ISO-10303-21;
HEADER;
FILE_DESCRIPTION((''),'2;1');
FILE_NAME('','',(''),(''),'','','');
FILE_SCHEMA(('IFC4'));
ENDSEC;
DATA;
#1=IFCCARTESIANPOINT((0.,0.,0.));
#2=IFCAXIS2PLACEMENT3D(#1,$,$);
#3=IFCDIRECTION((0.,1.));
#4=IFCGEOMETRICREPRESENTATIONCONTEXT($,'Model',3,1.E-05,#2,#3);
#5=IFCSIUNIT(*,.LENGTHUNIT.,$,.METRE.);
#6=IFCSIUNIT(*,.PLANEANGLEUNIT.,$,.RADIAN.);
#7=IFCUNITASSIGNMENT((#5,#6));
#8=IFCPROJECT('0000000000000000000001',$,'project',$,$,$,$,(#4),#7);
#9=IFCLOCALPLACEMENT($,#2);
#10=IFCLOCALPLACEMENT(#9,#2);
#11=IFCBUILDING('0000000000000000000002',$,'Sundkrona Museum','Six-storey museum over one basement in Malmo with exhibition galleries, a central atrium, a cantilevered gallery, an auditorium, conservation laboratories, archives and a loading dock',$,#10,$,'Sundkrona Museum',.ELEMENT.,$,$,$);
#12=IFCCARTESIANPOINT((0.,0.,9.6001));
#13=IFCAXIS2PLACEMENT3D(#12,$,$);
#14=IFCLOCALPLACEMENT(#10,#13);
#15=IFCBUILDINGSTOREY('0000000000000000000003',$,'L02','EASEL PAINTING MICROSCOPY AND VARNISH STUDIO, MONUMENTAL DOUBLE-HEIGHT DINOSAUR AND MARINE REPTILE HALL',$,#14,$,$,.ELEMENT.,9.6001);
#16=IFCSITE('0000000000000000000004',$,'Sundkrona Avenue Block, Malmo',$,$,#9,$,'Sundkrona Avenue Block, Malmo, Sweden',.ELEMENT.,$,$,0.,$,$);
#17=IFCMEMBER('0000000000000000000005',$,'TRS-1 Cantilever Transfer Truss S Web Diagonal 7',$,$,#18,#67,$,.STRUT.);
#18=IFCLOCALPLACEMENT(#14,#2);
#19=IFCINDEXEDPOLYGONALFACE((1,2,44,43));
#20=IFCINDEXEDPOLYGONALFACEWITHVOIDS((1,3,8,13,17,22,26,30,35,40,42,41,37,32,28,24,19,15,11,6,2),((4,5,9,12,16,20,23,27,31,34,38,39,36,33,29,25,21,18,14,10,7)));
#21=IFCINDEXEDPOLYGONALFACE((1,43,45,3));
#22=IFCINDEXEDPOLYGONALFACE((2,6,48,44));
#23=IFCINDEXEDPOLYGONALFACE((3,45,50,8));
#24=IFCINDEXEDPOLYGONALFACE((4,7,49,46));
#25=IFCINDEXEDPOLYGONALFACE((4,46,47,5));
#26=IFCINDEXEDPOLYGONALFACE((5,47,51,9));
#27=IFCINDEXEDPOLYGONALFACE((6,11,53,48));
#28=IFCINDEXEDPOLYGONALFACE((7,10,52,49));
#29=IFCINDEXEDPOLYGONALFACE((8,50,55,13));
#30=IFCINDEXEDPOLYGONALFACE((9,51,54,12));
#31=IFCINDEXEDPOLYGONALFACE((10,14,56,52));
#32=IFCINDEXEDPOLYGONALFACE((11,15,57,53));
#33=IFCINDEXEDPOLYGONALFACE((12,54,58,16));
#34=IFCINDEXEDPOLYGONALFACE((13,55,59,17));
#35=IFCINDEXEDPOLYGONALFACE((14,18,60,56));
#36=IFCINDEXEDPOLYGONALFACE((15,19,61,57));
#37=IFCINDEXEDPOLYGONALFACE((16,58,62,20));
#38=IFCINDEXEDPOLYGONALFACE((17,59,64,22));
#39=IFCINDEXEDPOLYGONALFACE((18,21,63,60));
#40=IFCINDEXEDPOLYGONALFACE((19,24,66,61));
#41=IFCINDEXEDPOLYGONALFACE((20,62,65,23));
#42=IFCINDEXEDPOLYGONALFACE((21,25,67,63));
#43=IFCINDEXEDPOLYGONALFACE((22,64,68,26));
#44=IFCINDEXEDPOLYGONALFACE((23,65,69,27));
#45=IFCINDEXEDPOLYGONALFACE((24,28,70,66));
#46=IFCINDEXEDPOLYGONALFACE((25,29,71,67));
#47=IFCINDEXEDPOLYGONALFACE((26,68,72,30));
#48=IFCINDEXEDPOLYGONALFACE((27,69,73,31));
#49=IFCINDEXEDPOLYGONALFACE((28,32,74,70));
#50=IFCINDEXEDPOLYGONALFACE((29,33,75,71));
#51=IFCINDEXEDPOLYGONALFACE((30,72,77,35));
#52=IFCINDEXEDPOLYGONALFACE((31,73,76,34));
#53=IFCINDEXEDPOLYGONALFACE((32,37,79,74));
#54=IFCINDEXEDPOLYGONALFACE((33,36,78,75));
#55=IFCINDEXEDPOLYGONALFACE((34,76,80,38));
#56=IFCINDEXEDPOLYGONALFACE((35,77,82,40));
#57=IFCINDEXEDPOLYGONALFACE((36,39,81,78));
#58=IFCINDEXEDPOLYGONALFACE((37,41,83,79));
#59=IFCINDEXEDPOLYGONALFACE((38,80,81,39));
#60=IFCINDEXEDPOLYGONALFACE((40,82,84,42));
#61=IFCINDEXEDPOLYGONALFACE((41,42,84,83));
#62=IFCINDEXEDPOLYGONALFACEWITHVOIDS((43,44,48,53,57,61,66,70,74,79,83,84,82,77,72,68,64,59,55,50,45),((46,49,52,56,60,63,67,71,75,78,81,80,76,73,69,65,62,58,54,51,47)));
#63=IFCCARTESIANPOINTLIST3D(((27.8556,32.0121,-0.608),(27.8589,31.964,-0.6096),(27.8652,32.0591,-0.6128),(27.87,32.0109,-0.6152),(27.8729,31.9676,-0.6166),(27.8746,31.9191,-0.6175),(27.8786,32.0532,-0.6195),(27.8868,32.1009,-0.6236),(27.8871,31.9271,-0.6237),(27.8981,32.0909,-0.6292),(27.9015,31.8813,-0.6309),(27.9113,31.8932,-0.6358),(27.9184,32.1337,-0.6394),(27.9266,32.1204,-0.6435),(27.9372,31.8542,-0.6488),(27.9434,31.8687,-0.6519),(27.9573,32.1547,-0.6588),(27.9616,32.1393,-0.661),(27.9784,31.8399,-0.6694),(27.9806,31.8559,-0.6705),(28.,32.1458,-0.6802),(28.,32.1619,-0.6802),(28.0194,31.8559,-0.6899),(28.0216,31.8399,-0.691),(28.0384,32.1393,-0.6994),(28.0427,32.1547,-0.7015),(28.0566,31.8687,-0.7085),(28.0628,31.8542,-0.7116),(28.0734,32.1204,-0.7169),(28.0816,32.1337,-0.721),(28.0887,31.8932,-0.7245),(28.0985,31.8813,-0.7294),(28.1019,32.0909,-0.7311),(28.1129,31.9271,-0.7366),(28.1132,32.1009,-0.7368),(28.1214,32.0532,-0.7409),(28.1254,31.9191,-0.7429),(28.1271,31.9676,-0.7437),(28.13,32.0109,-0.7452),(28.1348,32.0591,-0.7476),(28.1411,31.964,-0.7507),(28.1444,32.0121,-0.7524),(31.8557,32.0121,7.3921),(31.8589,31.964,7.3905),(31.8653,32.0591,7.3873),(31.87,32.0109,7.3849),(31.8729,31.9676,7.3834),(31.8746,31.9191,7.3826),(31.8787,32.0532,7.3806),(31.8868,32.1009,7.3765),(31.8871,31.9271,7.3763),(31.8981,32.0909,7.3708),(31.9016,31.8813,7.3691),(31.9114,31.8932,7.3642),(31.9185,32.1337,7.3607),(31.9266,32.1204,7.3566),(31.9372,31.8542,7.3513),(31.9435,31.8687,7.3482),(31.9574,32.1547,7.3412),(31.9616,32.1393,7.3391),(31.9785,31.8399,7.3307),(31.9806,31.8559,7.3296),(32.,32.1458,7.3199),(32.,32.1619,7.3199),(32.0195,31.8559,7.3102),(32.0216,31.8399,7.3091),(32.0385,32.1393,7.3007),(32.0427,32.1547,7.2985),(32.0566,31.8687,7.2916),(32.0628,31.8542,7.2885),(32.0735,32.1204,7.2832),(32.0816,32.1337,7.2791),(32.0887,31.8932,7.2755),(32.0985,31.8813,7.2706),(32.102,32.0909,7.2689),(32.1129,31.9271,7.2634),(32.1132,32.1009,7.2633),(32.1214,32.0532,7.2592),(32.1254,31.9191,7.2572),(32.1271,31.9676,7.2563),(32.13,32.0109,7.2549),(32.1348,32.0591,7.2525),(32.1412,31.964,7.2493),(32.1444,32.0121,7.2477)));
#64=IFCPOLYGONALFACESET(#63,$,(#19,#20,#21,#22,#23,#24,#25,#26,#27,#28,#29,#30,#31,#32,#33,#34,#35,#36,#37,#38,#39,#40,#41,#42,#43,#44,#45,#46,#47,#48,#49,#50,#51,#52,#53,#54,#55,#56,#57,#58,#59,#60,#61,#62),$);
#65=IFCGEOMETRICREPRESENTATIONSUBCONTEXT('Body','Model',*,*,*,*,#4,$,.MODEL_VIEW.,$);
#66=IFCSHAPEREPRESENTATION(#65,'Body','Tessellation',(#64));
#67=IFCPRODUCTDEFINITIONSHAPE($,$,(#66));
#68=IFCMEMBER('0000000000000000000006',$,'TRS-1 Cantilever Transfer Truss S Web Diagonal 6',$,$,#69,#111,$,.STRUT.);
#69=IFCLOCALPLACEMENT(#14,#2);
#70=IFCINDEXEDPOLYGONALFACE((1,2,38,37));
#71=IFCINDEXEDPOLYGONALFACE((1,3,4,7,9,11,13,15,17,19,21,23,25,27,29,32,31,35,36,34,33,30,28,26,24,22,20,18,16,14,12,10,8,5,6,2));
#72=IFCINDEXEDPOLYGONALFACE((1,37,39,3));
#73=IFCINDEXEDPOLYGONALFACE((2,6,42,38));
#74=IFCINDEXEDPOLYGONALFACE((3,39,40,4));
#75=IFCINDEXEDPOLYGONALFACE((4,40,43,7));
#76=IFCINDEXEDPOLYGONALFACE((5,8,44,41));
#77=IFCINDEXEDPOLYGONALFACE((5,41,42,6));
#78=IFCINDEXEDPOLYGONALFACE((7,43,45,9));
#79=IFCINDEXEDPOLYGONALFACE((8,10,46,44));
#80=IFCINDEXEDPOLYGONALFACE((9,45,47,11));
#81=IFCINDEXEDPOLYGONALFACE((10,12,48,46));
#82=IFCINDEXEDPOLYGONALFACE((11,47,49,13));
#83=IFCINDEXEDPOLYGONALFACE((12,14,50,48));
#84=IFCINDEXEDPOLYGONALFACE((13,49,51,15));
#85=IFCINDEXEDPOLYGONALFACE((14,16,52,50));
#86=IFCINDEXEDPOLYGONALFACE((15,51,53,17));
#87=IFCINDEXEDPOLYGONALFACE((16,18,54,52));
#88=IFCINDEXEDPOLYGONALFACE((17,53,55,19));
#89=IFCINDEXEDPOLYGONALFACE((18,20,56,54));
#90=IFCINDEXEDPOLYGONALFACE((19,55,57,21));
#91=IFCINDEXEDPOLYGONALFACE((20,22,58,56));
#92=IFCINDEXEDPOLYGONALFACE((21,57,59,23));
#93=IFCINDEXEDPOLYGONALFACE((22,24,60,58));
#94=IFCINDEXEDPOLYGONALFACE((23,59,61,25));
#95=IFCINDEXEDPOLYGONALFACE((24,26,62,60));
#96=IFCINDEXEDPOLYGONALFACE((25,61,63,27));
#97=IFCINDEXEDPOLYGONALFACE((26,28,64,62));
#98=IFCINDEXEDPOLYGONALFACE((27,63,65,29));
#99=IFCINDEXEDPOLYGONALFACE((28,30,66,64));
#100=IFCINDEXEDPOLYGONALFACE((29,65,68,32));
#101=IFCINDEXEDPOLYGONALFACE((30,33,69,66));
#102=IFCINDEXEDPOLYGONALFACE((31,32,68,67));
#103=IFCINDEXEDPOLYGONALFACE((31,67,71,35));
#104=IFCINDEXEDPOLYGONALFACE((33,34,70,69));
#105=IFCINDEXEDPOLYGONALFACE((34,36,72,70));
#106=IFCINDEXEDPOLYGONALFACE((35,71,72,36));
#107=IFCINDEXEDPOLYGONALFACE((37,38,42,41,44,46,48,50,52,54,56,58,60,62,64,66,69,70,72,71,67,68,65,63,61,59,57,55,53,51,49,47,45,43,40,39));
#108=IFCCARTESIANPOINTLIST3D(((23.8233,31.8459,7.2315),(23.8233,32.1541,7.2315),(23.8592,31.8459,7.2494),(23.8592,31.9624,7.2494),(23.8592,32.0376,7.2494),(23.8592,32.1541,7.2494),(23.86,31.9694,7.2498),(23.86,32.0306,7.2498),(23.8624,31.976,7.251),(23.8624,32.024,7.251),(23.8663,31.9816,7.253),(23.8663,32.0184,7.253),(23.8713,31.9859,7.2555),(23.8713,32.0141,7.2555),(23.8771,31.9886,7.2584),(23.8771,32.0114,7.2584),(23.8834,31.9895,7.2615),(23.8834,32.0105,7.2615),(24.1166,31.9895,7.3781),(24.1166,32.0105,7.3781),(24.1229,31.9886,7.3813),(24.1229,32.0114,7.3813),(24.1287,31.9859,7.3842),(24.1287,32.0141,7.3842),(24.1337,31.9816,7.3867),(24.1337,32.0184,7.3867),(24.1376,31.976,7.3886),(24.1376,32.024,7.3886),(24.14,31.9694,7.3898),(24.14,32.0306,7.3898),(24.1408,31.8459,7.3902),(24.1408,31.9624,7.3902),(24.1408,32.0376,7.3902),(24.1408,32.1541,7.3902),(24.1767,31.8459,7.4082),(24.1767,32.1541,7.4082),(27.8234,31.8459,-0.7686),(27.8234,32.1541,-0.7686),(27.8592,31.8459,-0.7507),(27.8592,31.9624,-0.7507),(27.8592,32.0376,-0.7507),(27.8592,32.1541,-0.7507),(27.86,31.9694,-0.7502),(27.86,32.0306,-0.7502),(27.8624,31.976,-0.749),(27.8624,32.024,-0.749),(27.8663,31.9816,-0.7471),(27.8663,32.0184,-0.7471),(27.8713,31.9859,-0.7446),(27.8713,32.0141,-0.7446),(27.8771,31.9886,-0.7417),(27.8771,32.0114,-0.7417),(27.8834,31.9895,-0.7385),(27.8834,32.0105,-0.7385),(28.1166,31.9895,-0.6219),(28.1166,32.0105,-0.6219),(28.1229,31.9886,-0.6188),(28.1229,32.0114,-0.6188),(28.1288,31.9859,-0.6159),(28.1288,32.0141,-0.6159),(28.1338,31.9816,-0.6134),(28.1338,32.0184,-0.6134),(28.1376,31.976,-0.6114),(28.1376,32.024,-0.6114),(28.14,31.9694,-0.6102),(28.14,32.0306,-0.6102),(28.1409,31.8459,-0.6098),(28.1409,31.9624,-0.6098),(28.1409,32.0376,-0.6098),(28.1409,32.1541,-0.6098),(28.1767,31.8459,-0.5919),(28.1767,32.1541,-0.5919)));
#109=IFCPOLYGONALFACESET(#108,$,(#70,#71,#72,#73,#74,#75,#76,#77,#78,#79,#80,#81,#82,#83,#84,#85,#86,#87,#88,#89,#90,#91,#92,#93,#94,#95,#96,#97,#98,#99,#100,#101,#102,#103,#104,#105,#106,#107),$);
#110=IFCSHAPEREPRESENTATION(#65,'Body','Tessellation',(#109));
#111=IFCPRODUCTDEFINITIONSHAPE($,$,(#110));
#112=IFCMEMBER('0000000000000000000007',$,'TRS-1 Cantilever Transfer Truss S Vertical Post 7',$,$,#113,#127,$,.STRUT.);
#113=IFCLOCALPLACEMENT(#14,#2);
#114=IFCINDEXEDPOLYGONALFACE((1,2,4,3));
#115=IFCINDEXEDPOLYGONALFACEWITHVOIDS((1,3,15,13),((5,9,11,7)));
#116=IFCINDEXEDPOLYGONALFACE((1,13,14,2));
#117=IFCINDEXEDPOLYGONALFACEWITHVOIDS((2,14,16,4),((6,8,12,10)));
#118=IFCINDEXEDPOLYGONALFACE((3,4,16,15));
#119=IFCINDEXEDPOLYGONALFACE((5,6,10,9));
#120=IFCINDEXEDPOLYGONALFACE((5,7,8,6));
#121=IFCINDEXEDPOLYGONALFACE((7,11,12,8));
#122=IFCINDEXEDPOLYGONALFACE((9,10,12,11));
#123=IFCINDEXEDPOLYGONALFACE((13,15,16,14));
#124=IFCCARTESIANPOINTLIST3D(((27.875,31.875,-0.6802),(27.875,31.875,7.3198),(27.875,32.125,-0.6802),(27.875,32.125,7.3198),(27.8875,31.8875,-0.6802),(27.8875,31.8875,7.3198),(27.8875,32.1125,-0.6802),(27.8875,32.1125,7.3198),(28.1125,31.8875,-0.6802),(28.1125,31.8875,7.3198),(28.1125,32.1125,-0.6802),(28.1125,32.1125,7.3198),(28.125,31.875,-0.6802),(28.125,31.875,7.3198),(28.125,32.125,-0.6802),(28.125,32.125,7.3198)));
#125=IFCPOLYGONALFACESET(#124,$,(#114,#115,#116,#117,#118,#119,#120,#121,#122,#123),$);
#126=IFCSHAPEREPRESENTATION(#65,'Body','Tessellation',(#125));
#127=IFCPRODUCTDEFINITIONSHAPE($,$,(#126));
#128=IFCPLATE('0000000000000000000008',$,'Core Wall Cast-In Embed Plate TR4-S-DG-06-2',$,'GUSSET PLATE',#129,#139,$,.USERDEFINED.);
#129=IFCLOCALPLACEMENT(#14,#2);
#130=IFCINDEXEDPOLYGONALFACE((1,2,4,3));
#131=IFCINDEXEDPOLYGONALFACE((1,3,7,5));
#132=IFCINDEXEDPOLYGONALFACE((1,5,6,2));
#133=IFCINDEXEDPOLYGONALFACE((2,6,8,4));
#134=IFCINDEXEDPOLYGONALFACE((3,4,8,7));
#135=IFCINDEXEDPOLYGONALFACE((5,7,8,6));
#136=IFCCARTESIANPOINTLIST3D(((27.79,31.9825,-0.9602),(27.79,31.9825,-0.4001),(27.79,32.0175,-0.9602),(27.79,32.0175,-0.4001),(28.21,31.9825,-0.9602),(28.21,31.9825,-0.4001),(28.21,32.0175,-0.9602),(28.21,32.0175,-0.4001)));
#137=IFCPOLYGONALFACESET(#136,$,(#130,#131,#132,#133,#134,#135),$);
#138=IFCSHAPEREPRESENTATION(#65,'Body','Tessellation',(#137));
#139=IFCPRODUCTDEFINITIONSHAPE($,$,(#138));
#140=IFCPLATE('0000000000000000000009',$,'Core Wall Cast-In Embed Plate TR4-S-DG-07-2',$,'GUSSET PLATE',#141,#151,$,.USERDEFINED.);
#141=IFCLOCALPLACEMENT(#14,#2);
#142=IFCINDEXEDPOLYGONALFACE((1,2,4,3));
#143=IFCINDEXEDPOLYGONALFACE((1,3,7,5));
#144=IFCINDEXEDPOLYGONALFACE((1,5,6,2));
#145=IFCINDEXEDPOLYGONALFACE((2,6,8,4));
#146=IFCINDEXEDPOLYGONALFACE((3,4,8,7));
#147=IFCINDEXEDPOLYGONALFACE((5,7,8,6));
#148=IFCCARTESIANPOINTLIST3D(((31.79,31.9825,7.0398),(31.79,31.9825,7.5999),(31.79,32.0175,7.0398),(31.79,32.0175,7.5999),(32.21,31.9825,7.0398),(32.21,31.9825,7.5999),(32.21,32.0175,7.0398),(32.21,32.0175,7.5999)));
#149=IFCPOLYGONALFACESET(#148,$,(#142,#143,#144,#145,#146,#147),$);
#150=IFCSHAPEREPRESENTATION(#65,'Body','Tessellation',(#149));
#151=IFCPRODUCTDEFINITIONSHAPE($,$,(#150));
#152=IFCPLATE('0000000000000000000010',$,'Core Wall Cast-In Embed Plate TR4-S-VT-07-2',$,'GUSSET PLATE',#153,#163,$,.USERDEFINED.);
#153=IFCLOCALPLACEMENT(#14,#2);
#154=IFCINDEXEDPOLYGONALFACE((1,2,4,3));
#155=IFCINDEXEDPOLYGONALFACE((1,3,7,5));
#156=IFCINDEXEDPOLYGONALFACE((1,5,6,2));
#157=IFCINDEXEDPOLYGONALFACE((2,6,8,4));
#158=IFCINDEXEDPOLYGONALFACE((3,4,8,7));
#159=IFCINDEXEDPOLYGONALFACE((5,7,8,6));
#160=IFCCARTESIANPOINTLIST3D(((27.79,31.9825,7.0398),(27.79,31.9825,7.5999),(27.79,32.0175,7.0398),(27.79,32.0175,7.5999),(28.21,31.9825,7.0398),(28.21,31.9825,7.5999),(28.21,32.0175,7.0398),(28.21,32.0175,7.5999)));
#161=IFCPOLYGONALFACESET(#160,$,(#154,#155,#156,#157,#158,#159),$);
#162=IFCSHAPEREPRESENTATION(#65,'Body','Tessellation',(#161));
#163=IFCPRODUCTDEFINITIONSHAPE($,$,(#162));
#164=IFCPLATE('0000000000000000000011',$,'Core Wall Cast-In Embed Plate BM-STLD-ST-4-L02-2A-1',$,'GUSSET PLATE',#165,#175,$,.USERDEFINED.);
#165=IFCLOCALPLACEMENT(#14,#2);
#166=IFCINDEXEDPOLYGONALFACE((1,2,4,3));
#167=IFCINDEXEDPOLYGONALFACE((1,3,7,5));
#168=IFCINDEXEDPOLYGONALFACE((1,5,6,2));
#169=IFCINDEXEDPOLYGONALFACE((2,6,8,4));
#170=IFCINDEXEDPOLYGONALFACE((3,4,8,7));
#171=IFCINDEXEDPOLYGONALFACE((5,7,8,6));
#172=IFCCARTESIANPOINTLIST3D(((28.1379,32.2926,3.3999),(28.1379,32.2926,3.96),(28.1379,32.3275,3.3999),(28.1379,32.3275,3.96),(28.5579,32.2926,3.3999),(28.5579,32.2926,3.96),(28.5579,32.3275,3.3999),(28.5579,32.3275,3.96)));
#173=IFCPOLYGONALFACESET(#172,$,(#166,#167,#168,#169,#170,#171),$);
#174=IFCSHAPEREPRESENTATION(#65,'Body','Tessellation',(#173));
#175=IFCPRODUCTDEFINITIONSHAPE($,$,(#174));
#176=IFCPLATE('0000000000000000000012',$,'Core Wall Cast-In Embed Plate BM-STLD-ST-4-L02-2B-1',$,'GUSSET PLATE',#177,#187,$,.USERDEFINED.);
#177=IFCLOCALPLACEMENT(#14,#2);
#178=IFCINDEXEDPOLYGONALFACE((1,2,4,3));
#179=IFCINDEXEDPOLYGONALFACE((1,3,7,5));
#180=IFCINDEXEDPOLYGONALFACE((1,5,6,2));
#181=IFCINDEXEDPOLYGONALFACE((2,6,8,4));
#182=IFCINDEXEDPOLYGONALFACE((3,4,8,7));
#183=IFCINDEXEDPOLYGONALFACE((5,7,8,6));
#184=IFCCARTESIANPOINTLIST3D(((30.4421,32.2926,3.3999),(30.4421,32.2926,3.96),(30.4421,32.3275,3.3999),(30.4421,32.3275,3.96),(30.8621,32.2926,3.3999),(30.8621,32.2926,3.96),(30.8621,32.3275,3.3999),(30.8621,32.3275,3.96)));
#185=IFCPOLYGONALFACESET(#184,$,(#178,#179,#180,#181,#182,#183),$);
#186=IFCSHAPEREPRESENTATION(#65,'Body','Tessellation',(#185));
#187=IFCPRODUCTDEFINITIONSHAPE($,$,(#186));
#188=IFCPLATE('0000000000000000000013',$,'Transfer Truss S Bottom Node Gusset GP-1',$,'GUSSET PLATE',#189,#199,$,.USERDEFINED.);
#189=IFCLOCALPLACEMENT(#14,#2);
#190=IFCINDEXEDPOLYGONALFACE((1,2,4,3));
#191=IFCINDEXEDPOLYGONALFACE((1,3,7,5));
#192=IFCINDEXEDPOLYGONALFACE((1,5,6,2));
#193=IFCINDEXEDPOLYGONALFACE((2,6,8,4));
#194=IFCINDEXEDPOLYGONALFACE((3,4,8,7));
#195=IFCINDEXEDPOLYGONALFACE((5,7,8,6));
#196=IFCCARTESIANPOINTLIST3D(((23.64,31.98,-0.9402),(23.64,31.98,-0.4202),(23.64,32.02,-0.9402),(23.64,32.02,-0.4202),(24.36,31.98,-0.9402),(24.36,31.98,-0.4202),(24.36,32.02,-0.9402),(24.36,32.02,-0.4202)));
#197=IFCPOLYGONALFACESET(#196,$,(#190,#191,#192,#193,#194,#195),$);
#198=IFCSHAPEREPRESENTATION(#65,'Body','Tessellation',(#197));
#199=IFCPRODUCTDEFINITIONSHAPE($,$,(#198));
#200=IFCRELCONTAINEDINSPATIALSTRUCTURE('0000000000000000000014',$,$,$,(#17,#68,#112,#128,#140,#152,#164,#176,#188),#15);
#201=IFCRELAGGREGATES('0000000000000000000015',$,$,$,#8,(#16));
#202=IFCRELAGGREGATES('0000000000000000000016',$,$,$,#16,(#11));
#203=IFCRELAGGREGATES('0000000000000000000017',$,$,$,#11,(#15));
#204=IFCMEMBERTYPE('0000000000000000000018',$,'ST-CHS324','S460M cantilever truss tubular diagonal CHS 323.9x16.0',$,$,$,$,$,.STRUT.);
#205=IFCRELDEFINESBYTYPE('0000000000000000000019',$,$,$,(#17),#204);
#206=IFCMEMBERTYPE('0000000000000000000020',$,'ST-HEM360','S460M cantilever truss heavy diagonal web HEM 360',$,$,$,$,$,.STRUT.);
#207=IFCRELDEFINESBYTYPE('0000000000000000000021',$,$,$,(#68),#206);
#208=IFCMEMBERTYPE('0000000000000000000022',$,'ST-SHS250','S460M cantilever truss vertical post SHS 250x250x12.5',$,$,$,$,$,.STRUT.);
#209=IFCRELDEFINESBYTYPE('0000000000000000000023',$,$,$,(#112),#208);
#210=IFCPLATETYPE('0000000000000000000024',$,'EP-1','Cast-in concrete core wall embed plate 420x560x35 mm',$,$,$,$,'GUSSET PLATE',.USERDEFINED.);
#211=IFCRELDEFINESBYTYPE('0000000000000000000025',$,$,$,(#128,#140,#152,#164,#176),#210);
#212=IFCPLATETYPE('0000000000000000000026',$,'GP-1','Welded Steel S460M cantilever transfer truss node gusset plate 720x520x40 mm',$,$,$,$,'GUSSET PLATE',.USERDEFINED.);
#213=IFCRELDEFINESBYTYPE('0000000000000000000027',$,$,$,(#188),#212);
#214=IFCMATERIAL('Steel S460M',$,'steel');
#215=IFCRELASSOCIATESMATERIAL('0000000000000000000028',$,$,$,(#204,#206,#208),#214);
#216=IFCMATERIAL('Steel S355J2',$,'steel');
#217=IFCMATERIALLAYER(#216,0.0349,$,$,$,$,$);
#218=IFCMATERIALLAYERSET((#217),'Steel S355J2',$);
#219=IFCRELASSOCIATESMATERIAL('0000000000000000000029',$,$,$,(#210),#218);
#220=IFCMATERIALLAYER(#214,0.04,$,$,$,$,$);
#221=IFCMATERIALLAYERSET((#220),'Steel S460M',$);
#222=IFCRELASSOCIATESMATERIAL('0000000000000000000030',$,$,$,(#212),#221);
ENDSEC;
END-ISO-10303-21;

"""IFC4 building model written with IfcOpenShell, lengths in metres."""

from ifc_helpers import new_model, si_unit, direction, frame, origin, origin_2d, place, context, subcontext, project, spatial, rectangle, hollow_rectangle, hollow_circle, i_section, extrude, material, layer, layer_set, material_profile, profile_set, type_object, element, save


model = new_model("IFC4")

# Units and contexts
model_context = context("Model", 3, precision=1e-05, world=origin(), true_north=direction((0.0, 1.0)))
body_context = subcontext(model_context, "Body", "Model", "MODEL_VIEW")
ifc_project = project(units=[si_unit("LENGTHUNIT", "METRE"), si_unit("PLANEANGLEUNIT", "RADIAN")], contexts=[model_context])

# Site, building, storey
site_placement = place(None, origin())
site = spatial("IfcSite", under=ifc_project, at=site_placement, Name="Sundkrona Avenue Block, Malmo", LongName="Sundkrona Avenue Block, Malmo, Sweden", CompositionType="ELEMENT", RefElevation=0.0)
building_placement = place(site_placement, origin())
building = spatial("IfcBuilding", under=site, at=building_placement, Name="Sundkrona Museum", Description="Six-storey museum over one basement in Malmo with exhibition galleries, a central atrium, a cantilevered gallery, an auditorium, conservation laboratories, archives and a loading dock", LongName="Sundkrona Museum", CompositionType="ELEMENT")
storey_placement = place(building_placement, frame((0.0, 0.0, 9.6001)))
storey = spatial("IfcBuildingStorey", under=building, at=storey_placement, Name="L02", Description="EASEL PAINTING MICROSCOPY AND VARNISH STUDIO, MONUMENTAL DOUBLE-HEIGHT DINOSAUR AND MARINE REPTILE HALL", CompositionType="ELEMENT", Elevation=9.6001)

# Shared definitions
ifc_material_1 = material(Name="Steel S460M", Category="steel")

# Shared definitions
ifc_material_2 = material(Name="Steel S355J2", Category="steel")

# Members
ifc_material_profile_1 = material_profile(ifc_material_1, hollow_circle(Radius=0.1619, WallThickness=0.0161, at=origin_2d()), Name="CHS 323.9x16.0")
ifc_profile_set_1 = profile_set([ifc_material_profile_1], Name="Steel S460M")
member_type_1 = type_object("IfcMemberType", Name="ST-CHS324", Description="S460M cantilever truss tubular diagonal CHS 323.9x16.0", PredefinedType="STRUT", material=ifc_profile_set_1)
member_1_placement = place(storey_placement, frame((28.0, 32.0, -0.6802), z_axis=(0.447214, 0.0, 0.894427), x_axis=(0.0, 1.0, 0.0)))
element("IfcMember", 1, at=member_1_placement, inside=storey, type_object=member_type_1, Name="TRS-1 Cantilever Transfer Truss S Web Diagonal 7", PredefinedType="STRUT", context=body_context, shape_type="SweptSolid", body=[
    extrude(hollow_circle(Radius=0.1619, WallThickness=0.0161, at=origin_2d()), origin(), (0.0, 0.0, 1.0), 8.9443),
])
ifc_material_profile_2 = material_profile(ifc_material_1, i_section(OverallWidth=0.3081, OverallDepth=0.395, WebThickness=0.021, FlangeThickness=0.04, FilletRadius=0.0271, at=origin_2d()), Name="HEM 360")
ifc_profile_set_2 = profile_set([ifc_material_profile_2], Name="Steel S460M")
member_type_2 = type_object("IfcMemberType", Name="ST-HEM360", Description="S460M cantilever truss heavy diagonal web HEM 360", PredefinedType="STRUT", material=ifc_profile_set_2)
member_2_placement = place(storey_placement, frame((24.0, 32.0, 7.3198), z_axis=(0.447214, 0.0, -0.894427), x_axis=(0.0, 1.0, 0.0)))
element("IfcMember", 2, at=member_2_placement, inside=storey, type_object=member_type_2, Name="TRS-1 Cantilever Transfer Truss S Web Diagonal 6", PredefinedType="STRUT", context=body_context, shape_type="SweptSolid", body=[
    extrude(i_section(OverallWidth=0.3081, OverallDepth=0.395, WebThickness=0.021, FlangeThickness=0.04, FilletRadius=0.0271, at=origin_2d()), origin(), (0.0, 0.0, 1.0), 8.9443),
])
ifc_material_profile_3 = material_profile(ifc_material_1, hollow_rectangle(XDim=0.25, YDim=0.25, WallThickness=0.0125, at=origin_2d()), Name="SHS 250x250x12.5")
ifc_profile_set_3 = profile_set([ifc_material_profile_3], Name="Steel S460M")
member_type_3 = type_object("IfcMemberType", Name="ST-SHS250", Description="S460M cantilever truss vertical post SHS 250x250x12.5", PredefinedType="STRUT", material=ifc_profile_set_3)
member_3_placement = place(storey_placement, frame((28.0, 32.0, -0.6802), z_axis=(0.0, 0.0, 1.0), x_axis=(1.0, 0.0, 0.0)))
element("IfcMember", 3, at=member_3_placement, inside=storey, type_object=member_type_3, Name="TRS-1 Cantilever Transfer Truss S Vertical Post 7", PredefinedType="STRUT", context=body_context, shape_type="SweptSolid", body=[
    extrude(hollow_rectangle(XDim=0.25, YDim=0.25, WallThickness=0.0125, at=origin_2d()), origin(), (0.0, 0.0, 1.0), 8.0),
])

# Plates
ifc_layer_1 = layer(ifc_material_2, 0.0349)
ifc_layer_set_1 = layer_set([ifc_layer_1], Name="Steel S355J2")
plate_type_1 = type_object("IfcPlateType", Name="EP-1", Description="Cast-in concrete core wall embed plate 420x560x35 mm", ElementType="GUSSET PLATE", PredefinedType="USERDEFINED", material=ifc_layer_set_1)
for number, where, z_axis, x_axis, name in (
    (4, (28.0, 32.0, -0.9602), (0.0, 0.0, 1.0), (1.0, 0.0, 0.0), "Core Wall Cast-In Embed Plate TR4-S-DG-06-2"),
    (5, (32.0, 32.0, 7.0398), (0.0, 0.0, 1.0), (1.0, 0.0, 0.0), "Core Wall Cast-In Embed Plate TR4-S-DG-07-2"),
    (6, (28.0, 32.0, 7.0398), (0.0, 0.0, 1.0), (1.0, 0.0, 0.0), "Core Wall Cast-In Embed Plate TR4-S-VT-07-2"),
    (7, (28.3479, 32.3101, 3.3999), (0.0, 0.0, 1.0), (1.0, 0.0, 0.0), "Core Wall Cast-In Embed Plate BM-STLD-ST-4-L02-2A-1"),
    (8, (30.6521, 32.3101, 3.3999), (0.0, 0.0, 1.0), (1.0, 0.0, 0.0), "Core Wall Cast-In Embed Plate BM-STLD-ST-4-L02-2B-1"),
):
    element("IfcPlate", number, at=place(storey_placement, frame(where, z_axis=z_axis, x_axis=x_axis)), inside=storey, type_object=plate_type_1, Name=name, ObjectType="GUSSET PLATE", PredefinedType="USERDEFINED", context=body_context, shape_type="SweptSolid", body=[
        extrude(rectangle(XDim=0.4199, YDim=0.0349, at=origin_2d()), origin(), (0.0, 0.0, 1.0), 0.5601),
    ])
ifc_layer_2 = layer(ifc_material_1, 0.04)
ifc_layer_set_2 = layer_set([ifc_layer_2], Name="Steel S460M")
plate_type_2 = type_object("IfcPlateType", Name="GP-1", Description="Welded Steel S460M cantilever transfer truss node gusset plate 720x520x40 mm", ElementType="GUSSET PLATE", PredefinedType="USERDEFINED", material=ifc_layer_set_2)
for number, where, z_axis, x_axis, name in (
    (9, (24.0, 32.0, -0.9402), (0.0, 0.0, 1.0), (1.0, 0.0, 0.0), "Transfer Truss S Bottom Node Gusset GP-1"),
):
    element("IfcPlate", number, at=place(storey_placement, frame(where, z_axis=z_axis, x_axis=x_axis)), inside=storey, type_object=plate_type_2, Name=name, ObjectType="GUSSET PLATE", PredefinedType="USERDEFINED", context=body_context, shape_type="SweptSolid", body=[
        extrude(rectangle(XDim=0.72, YDim=0.04, at=origin_2d()), origin(), (0.0, 0.0, 1.0), 0.52),
    ])

save(model, "model.ifc")
